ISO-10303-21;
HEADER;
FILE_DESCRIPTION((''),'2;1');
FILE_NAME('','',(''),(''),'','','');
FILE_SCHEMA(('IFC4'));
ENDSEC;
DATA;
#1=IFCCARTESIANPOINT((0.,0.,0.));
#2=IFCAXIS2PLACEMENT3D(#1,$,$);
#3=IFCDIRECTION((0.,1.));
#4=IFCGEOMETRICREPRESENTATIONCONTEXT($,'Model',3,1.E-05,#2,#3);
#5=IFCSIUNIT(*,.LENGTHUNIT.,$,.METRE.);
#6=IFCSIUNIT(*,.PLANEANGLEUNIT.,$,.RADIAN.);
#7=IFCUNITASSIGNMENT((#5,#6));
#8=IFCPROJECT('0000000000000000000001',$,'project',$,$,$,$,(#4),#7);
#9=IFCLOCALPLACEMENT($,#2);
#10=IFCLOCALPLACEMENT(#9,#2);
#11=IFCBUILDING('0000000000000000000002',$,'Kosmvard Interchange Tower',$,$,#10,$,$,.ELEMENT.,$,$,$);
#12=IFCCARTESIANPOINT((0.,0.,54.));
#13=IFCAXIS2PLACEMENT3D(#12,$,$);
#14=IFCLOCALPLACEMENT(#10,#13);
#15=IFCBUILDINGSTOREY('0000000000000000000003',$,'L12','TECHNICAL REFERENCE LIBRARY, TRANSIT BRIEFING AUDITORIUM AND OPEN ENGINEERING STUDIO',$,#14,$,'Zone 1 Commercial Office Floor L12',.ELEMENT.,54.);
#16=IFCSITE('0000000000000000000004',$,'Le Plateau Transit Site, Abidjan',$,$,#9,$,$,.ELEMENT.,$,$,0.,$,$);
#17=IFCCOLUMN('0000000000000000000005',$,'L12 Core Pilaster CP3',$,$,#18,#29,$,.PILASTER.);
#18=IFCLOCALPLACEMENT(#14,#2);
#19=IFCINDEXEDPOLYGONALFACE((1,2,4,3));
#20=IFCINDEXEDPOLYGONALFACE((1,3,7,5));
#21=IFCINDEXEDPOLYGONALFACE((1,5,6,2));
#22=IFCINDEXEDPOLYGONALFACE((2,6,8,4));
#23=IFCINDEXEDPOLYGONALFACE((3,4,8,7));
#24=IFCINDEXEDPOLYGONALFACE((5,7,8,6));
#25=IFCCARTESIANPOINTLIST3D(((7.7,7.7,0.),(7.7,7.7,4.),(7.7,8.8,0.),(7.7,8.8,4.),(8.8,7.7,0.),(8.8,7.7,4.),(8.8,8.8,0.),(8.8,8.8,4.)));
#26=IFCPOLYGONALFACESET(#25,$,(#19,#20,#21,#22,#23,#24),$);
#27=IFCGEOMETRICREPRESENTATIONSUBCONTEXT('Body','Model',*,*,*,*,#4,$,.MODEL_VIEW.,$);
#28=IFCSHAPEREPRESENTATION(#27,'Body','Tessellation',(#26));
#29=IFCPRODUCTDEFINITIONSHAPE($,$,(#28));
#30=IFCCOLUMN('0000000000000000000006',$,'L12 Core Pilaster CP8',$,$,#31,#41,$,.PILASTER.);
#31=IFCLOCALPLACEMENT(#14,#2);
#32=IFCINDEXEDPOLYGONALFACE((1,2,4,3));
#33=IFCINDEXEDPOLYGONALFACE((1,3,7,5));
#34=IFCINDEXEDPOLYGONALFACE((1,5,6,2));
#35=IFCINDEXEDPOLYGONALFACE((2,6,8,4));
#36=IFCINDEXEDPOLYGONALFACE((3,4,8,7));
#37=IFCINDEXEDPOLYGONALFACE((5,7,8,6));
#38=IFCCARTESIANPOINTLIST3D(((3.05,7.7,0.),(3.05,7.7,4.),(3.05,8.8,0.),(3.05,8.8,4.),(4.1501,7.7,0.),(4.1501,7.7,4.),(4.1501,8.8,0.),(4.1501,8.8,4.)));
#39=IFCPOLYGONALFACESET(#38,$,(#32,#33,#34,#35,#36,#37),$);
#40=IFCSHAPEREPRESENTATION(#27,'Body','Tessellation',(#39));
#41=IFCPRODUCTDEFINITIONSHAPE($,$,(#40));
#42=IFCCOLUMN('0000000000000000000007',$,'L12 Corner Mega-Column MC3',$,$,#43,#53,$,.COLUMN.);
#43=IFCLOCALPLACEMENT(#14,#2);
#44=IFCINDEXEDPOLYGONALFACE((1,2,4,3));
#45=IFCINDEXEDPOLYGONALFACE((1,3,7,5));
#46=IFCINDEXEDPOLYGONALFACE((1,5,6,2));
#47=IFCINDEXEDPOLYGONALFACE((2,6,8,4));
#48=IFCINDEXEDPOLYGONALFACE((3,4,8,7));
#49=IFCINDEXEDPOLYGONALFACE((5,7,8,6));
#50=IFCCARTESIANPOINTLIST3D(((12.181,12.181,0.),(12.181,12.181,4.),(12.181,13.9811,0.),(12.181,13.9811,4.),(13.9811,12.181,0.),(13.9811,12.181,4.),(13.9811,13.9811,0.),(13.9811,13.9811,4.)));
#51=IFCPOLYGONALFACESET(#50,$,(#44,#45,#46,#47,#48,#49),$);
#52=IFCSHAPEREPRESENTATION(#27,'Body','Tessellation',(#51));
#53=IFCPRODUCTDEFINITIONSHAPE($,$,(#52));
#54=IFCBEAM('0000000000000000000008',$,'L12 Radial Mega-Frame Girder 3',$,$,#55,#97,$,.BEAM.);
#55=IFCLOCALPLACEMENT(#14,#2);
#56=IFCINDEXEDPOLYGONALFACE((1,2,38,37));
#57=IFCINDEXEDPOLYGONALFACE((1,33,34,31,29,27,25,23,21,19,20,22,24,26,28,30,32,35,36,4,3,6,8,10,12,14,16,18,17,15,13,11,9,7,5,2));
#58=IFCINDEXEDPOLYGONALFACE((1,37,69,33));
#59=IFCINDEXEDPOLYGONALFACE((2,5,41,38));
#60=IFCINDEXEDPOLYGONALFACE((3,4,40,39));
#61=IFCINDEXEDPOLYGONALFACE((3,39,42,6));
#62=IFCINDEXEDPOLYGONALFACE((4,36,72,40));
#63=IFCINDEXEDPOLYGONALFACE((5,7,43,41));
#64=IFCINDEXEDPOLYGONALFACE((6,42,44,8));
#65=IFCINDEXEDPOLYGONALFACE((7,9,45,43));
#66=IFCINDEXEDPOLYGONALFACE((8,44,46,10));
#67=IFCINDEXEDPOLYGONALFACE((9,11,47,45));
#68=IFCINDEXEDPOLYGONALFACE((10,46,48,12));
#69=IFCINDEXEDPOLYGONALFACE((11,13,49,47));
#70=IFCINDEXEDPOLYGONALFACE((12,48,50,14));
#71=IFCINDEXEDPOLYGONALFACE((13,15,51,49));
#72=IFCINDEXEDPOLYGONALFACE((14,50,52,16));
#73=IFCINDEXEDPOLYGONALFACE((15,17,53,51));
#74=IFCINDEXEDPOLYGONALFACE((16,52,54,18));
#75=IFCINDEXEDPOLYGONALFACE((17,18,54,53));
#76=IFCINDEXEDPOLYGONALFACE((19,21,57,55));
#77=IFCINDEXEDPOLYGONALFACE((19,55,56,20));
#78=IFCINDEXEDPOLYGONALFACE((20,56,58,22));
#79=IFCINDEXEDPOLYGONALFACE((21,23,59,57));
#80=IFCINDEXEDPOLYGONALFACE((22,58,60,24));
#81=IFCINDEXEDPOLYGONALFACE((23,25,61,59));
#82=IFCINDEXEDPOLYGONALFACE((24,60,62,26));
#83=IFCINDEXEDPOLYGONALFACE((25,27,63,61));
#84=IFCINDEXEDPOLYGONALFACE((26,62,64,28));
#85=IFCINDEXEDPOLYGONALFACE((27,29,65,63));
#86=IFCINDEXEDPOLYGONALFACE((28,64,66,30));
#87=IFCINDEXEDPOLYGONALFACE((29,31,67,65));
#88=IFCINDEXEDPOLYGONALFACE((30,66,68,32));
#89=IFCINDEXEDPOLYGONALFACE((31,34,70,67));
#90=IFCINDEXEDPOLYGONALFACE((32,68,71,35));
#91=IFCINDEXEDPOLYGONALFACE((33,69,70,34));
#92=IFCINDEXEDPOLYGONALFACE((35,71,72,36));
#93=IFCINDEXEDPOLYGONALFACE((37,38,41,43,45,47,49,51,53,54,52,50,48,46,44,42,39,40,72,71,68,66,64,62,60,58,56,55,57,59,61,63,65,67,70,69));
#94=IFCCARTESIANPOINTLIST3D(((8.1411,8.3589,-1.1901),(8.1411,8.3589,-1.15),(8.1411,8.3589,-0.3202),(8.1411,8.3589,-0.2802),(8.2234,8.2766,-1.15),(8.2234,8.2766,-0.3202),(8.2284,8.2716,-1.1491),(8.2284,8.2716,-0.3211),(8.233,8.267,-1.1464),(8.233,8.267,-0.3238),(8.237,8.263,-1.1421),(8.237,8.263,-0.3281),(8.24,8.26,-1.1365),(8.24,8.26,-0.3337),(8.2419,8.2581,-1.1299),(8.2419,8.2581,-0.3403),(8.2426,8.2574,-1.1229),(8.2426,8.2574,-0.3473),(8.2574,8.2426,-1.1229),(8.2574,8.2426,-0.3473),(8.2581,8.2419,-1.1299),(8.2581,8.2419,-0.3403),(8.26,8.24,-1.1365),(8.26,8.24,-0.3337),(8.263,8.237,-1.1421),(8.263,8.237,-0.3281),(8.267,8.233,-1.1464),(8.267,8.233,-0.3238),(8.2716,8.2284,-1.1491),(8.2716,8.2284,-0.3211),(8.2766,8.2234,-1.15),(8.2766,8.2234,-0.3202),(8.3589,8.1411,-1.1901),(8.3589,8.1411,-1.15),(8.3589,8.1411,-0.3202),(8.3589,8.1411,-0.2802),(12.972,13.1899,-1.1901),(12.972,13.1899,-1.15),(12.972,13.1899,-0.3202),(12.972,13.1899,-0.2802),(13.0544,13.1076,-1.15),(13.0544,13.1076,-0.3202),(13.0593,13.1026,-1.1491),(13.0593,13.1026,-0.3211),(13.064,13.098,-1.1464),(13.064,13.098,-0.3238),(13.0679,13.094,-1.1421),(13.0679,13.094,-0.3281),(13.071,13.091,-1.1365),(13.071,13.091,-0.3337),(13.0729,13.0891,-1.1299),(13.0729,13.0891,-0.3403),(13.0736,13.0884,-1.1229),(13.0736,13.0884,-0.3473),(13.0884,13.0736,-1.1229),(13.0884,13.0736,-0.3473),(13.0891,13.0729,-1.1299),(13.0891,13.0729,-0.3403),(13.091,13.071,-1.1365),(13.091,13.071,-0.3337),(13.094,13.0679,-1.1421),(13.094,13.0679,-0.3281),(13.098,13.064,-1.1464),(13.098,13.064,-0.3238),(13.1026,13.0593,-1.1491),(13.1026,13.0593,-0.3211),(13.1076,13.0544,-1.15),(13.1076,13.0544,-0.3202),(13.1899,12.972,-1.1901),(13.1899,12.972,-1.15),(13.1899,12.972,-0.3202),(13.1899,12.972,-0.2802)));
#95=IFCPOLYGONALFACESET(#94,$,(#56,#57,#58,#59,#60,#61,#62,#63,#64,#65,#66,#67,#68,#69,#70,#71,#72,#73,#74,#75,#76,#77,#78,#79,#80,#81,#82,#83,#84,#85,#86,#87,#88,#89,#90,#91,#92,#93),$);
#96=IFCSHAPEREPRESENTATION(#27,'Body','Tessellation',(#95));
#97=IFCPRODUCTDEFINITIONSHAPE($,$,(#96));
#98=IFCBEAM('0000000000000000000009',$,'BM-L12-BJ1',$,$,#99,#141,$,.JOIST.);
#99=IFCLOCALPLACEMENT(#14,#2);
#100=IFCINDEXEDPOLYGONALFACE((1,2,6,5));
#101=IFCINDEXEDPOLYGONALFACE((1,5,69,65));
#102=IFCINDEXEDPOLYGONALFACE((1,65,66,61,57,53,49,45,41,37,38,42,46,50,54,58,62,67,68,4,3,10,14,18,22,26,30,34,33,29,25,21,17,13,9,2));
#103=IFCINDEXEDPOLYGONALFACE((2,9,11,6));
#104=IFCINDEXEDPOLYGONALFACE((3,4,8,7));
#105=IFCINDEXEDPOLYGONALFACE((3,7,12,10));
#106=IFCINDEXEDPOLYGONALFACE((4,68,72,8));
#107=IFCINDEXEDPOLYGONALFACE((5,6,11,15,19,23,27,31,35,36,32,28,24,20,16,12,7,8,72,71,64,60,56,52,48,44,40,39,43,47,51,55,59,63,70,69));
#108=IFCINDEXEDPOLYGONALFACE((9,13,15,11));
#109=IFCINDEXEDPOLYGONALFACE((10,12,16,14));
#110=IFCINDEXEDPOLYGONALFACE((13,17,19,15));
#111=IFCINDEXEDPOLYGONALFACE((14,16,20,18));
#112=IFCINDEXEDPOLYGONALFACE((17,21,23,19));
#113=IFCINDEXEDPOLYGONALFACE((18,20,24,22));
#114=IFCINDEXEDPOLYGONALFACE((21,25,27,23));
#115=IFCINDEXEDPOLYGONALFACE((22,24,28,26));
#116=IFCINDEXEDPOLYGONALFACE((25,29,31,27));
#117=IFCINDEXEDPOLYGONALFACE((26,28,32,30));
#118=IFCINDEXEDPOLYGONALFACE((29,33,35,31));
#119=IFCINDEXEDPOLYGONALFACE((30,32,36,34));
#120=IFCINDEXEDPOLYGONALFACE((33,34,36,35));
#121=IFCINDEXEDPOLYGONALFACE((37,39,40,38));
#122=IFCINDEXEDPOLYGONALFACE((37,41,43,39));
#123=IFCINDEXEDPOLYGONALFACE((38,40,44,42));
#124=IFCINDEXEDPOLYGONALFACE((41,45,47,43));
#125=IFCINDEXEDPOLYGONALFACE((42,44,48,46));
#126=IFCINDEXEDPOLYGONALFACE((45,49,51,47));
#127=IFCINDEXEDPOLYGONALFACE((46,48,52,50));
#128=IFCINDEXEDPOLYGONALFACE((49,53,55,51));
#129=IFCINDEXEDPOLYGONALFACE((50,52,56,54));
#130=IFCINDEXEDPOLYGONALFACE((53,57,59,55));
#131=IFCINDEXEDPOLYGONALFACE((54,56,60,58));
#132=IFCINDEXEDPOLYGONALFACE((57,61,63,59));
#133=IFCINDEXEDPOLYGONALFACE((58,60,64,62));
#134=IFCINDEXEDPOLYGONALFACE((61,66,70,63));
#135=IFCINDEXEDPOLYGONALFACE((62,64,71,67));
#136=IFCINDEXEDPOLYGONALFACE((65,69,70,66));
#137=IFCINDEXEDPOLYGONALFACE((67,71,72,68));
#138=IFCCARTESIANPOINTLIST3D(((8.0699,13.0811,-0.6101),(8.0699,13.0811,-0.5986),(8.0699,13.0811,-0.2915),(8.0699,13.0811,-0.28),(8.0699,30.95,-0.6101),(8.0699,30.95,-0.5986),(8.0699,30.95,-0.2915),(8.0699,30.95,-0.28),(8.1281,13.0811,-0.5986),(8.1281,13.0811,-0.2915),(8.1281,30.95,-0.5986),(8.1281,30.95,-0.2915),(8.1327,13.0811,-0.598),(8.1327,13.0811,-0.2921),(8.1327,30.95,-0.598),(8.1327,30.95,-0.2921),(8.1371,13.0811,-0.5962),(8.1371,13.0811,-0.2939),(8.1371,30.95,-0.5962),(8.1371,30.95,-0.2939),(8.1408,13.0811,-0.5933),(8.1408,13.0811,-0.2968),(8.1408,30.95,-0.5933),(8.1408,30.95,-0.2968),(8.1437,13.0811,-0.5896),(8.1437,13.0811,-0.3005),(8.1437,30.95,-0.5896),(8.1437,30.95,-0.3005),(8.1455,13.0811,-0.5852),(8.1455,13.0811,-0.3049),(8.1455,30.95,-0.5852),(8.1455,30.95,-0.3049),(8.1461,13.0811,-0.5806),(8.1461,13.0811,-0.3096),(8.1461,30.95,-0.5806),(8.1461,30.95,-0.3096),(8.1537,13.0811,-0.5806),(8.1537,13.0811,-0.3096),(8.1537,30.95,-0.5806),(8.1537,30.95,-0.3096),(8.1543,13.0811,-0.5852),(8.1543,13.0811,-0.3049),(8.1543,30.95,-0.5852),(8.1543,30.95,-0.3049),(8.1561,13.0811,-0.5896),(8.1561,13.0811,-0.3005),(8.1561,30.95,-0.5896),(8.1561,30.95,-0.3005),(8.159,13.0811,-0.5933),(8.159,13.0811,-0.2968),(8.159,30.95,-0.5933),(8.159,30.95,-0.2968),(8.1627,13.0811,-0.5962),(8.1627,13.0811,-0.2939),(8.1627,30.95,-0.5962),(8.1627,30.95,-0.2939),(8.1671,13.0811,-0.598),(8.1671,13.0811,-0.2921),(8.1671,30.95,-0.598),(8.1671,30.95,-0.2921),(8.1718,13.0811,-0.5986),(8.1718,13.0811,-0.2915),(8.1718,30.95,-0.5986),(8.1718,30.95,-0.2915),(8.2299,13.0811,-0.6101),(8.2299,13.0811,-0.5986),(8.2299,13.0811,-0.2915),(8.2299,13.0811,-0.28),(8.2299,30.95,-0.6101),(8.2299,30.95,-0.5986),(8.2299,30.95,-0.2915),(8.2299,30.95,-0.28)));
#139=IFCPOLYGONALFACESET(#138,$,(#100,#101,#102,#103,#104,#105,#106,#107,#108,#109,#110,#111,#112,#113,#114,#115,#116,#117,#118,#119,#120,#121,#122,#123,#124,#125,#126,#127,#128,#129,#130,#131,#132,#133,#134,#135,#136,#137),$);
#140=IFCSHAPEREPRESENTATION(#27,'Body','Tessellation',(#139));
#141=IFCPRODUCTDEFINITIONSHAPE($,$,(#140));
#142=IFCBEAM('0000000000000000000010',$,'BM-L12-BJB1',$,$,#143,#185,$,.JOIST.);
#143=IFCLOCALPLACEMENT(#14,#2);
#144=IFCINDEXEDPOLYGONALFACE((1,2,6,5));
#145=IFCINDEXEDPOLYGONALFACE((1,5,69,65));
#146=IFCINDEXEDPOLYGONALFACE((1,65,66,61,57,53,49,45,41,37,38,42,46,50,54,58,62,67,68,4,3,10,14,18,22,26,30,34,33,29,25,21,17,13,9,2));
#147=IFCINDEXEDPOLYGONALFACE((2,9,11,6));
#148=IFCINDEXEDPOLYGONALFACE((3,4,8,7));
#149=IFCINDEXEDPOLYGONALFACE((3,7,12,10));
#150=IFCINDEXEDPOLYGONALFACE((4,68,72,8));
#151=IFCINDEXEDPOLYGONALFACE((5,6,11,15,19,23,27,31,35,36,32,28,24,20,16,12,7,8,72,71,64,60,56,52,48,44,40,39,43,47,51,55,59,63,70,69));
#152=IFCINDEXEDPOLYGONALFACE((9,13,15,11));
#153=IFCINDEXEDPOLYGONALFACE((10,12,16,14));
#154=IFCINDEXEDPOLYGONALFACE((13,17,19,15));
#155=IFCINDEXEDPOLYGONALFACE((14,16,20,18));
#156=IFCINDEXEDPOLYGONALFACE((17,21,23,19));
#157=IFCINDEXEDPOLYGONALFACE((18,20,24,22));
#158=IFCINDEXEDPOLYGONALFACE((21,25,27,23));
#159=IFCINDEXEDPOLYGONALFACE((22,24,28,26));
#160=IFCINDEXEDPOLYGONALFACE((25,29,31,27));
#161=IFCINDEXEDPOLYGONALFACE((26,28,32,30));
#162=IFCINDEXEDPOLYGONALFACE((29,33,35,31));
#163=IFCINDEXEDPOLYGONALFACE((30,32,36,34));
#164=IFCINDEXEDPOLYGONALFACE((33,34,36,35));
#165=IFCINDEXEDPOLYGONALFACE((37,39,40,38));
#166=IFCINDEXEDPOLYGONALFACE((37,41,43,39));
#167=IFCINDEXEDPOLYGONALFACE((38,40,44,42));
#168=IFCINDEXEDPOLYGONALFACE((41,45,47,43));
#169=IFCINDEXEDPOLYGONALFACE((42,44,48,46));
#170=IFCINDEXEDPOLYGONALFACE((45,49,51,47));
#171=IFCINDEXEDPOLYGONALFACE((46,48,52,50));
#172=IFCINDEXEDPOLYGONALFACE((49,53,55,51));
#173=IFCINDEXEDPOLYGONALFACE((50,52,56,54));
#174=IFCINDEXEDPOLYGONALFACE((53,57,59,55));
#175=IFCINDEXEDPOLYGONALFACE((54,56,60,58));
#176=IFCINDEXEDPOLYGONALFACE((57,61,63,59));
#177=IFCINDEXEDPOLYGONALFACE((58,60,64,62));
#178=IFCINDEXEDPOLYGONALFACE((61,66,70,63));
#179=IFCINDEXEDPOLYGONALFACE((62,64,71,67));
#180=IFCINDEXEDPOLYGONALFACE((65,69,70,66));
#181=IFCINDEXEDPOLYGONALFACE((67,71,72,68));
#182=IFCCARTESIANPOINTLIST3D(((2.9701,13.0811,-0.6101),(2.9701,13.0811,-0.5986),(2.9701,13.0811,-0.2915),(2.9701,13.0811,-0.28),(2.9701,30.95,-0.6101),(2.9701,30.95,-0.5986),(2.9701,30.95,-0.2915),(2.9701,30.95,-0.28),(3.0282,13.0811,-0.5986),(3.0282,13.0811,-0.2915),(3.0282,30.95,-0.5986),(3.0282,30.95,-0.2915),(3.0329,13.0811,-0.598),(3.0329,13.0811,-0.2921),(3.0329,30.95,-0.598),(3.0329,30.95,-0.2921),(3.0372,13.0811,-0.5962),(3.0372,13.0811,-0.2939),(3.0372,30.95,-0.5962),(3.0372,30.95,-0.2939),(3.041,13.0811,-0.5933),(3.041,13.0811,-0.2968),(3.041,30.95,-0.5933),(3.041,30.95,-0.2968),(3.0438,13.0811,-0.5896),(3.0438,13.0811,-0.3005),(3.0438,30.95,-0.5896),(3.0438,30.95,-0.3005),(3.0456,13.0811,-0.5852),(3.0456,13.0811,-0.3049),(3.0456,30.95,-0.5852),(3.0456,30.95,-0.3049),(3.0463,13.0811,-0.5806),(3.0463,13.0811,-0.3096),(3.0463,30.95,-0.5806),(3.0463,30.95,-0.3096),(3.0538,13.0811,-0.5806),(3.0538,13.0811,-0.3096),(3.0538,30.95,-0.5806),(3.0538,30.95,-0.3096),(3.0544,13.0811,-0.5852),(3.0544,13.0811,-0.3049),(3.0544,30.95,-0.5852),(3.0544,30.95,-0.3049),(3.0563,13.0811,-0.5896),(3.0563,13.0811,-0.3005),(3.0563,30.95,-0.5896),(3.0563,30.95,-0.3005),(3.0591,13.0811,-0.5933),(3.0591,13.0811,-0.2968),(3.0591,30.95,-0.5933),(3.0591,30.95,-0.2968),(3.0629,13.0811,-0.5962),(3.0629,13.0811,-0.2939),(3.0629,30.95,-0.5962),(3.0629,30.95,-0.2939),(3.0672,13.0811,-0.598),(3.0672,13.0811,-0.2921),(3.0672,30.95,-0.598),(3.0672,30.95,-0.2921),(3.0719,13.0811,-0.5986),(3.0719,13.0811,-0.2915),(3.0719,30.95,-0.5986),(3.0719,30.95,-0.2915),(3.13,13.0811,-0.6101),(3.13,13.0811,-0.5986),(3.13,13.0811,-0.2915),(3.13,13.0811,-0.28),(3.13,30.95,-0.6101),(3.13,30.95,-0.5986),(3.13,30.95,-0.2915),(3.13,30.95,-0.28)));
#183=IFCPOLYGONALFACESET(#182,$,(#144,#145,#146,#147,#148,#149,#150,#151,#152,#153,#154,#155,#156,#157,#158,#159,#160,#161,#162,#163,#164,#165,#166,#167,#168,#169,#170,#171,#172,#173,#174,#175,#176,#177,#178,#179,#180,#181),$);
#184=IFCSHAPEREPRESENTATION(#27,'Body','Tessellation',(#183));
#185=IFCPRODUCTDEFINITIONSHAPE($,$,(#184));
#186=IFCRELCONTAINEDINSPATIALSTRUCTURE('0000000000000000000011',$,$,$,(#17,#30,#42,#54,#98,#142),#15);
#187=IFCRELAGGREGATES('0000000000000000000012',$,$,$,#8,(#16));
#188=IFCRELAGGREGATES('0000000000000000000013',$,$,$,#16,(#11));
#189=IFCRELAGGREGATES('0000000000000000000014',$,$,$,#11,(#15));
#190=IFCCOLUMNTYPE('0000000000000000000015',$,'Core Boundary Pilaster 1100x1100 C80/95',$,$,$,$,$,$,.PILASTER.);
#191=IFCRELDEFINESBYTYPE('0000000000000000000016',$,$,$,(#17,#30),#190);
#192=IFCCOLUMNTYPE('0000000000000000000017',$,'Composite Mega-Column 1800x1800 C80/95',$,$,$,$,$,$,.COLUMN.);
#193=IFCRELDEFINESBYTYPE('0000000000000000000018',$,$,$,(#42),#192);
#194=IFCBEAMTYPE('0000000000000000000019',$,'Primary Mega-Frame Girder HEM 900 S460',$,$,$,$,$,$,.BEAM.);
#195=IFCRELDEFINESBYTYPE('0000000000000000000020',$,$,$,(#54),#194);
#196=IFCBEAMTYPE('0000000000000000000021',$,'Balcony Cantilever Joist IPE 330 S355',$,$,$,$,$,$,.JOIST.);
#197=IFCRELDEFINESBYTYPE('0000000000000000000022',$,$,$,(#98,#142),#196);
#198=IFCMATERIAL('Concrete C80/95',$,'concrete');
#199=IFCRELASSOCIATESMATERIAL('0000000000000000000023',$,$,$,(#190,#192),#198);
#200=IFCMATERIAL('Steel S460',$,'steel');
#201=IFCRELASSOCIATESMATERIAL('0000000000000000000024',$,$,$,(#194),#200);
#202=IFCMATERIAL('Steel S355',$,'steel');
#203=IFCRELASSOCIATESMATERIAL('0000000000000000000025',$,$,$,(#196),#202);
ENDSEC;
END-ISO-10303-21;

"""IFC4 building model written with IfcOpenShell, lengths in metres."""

from ifc_helpers import new_model, si_unit, direction, frame, origin, origin_2d, place, context, subcontext, project, spatial, rectangle, i_section, extrude, source, transform, mapped, material, material_profile, profile_set, type_object, element, save


model = new_model("IFC4")

# Units and contexts
model_context = context("Model", 3, precision=1e-05, world=origin(), true_north=direction((0.0, 1.0)))
body_context = subcontext(model_context, "Body", "Model", "MODEL_VIEW")
ifc_project = project(units=[si_unit("LENGTHUNIT", "METRE"), si_unit("PLANEANGLEUNIT", "RADIAN")], contexts=[model_context])

# Site, building, storey
site_placement = place(None, origin())
site = spatial("IfcSite", under=ifc_project, at=site_placement, Name="Le Plateau Transit Site, Abidjan", CompositionType="ELEMENT", RefElevation=0.0)
building_placement = place(site_placement, origin())
building = spatial("IfcBuilding", under=site, at=building_placement, Name="Kosmvard Interchange Tower", CompositionType="ELEMENT")
storey_placement = place(building_placement, frame((0.0, 0.0, 54.0)))
storey = spatial("IfcBuildingStorey", under=building, at=storey_placement, Name="L12", Description="TECHNICAL REFERENCE LIBRARY, TRANSIT BRIEFING AUDITORIUM AND OPEN ENGINEERING STUDIO", LongName="Zone 1 Commercial Office Floor L12", CompositionType="ELEMENT", Elevation=54.0)

# Columns
ifc_material_1 = material(Name="Concrete C80/95", Category="concrete")
ifc_material_profile_1 = material_profile(ifc_material_1, rectangle(XDim=1.1001, YDim=1.1001, at=origin_2d()), Name="CP 1100x1100")
ifc_profile_set_1 = profile_set([ifc_material_profile_1], Name="Concrete C80/95")
column_type_1 = type_object("IfcColumnType", Name="Core Boundary Pilaster 1100x1100 C80/95", PredefinedType="PILASTER", material=ifc_profile_set_1)
shared_shape_1 = source(origin(), body_context, "Body", "SweptSolid", [
    extrude(rectangle(XDim=1.1001, YDim=1.1001, at=origin_2d()), origin(), (0.0, 0.0, 1.0), 4.0),
])
for number, where, z_axis, x_axis, name in (
    (1, (8.25, 8.25, 0.0), (0.0, 0.0, 1.0), (1.0, 0.0, 0.0), "L12 Core Pilaster CP3"),
    (2, (3.6001, 8.25, 0.0), (0.0, 0.0, 1.0), (1.0, 0.0, 0.0), "L12 Core Pilaster CP8"),
):
    element("IfcColumn", number, at=place(storey_placement, frame(where, z_axis=z_axis, x_axis=x_axis)), inside=storey, type_object=column_type_1, Name=name, PredefinedType="PILASTER", context=body_context, shape_type="MappedRepresentation", body=[
        mapped(shared_shape_1, transform((0.0, 0.0, 0.0), scale=1.0)),
    ])
ifc_material_profile_2 = material_profile(ifc_material_1, rectangle(XDim=1.8, YDim=1.8, at=origin_2d()), Name="MC 1800x1800")
ifc_profile_set_2 = profile_set([ifc_material_profile_2], Name="Concrete C80/95")
column_type_2 = type_object("IfcColumnType", Name="Composite Mega-Column 1800x1800 C80/95", PredefinedType="COLUMN", material=ifc_profile_set_2)
shared_shape_2 = source(origin(), body_context, "Body", "SweptSolid", [
    extrude(rectangle(XDim=1.8, YDim=1.8, at=origin_2d()), origin(), (0.0, 0.0, 1.0), 4.0),
])
column_placement = place(storey_placement, frame((13.0811, 13.0811, 0.0), z_axis=(0.0, 0.0, 1.0), x_axis=(1.0, 0.0, 0.0)))
element("IfcColumn", 3, at=column_placement, inside=storey, type_object=column_type_2, Name="L12 Corner Mega-Column MC3", PredefinedType="COLUMN", context=body_context, shape_type="MappedRepresentation", body=[
    mapped(shared_shape_2, transform((0.0, 0.0, 0.0), scale=1.0)),
])

# Beams
ifc_material_2 = material(Name="Steel S460", Category="steel")
ifc_material_profile_3 = material_profile(ifc_material_2, i_section(OverallWidth=0.3081, OverallDepth=0.9099, WebThickness=0.021, FlangeThickness=0.04, FilletRadius=0.0271, at=origin_2d()), Name="HEM 900")
ifc_profile_set_3 = profile_set([ifc_material_profile_3], Name="Steel S460")
beam_type_1 = type_object("IfcBeamType", Name="Primary Mega-Frame Girder HEM 900 S460", PredefinedType="BEAM", material=ifc_profile_set_3)
shared_shape_3 = source(origin(), body_context, "Body", "SweptSolid", [
    extrude(i_section(OverallWidth=0.3081, OverallDepth=0.9099, WebThickness=0.021, FlangeThickness=0.04, FilletRadius=0.0271, at=origin_2d()), origin(), (0.0, 0.0, 1.0), 6.832),
])
beam_placement = place(storey_placement, frame((8.25, 8.25, -0.7351), z_axis=(0.707107, 0.707107, 0.0), x_axis=(-0.707107, 0.707107, 0.0)))
element("IfcBeam", 4, at=beam_placement, inside=storey, type_object=beam_type_1, Name="L12 Radial Mega-Frame Girder 3", PredefinedType="BEAM", context=body_context, shape_type="MappedRepresentation", body=[
    mapped(shared_shape_3, transform((0.0, 0.0, 0.0), scale=1.0)),
])
ifc_material_3 = material(Name="Steel S355", Category="steel")
ifc_material_profile_4 = material_profile(ifc_material_3, i_section(OverallWidth=0.1599, OverallDepth=0.3301, WebThickness=0.0076, FlangeThickness=0.0115, FilletRadius=0.0181, at=origin_2d()), Name="IPE 330")
ifc_profile_set_4 = profile_set([ifc_material_profile_4], Name="Steel S355")
beam_type_2 = type_object("IfcBeamType", Name="Balcony Cantilever Joist IPE 330 S355", PredefinedType="JOIST", material=ifc_profile_set_4)
shared_shape_4 = source(origin(), body_context, "Body", "SweptSolid", [
    extrude(i_section(OverallWidth=0.1599, OverallDepth=0.3301, WebThickness=0.0076, FlangeThickness=0.0115, FilletRadius=0.0181, at=origin_2d()), origin(), (0.0, 0.0, 1.0), 17.8689),
])
for number, where, z_axis, x_axis, name in (
    (5, (8.1499, 13.0811, -0.4451), (0.0, 1.0, 0.0), (-1.0, 0.0, 0.0), "BM-L12-BJ1"),
    (6, (3.05, 13.0811, -0.4451), (0.0, 1.0, 0.0), (-1.0, 0.0, 0.0), "BM-L12-BJB1"),
):
    element("IfcBeam", number, at=place(storey_placement, frame(where, z_axis=z_axis, x_axis=x_axis)), inside=storey, type_object=beam_type_2, Name=name, PredefinedType="JOIST", context=body_context, shape_type="MappedRepresentation", body=[
        mapped(shared_shape_4, transform((0.0, 0.0, 0.0), scale=1.0)),
    ])

save(model, "model.ifc")
